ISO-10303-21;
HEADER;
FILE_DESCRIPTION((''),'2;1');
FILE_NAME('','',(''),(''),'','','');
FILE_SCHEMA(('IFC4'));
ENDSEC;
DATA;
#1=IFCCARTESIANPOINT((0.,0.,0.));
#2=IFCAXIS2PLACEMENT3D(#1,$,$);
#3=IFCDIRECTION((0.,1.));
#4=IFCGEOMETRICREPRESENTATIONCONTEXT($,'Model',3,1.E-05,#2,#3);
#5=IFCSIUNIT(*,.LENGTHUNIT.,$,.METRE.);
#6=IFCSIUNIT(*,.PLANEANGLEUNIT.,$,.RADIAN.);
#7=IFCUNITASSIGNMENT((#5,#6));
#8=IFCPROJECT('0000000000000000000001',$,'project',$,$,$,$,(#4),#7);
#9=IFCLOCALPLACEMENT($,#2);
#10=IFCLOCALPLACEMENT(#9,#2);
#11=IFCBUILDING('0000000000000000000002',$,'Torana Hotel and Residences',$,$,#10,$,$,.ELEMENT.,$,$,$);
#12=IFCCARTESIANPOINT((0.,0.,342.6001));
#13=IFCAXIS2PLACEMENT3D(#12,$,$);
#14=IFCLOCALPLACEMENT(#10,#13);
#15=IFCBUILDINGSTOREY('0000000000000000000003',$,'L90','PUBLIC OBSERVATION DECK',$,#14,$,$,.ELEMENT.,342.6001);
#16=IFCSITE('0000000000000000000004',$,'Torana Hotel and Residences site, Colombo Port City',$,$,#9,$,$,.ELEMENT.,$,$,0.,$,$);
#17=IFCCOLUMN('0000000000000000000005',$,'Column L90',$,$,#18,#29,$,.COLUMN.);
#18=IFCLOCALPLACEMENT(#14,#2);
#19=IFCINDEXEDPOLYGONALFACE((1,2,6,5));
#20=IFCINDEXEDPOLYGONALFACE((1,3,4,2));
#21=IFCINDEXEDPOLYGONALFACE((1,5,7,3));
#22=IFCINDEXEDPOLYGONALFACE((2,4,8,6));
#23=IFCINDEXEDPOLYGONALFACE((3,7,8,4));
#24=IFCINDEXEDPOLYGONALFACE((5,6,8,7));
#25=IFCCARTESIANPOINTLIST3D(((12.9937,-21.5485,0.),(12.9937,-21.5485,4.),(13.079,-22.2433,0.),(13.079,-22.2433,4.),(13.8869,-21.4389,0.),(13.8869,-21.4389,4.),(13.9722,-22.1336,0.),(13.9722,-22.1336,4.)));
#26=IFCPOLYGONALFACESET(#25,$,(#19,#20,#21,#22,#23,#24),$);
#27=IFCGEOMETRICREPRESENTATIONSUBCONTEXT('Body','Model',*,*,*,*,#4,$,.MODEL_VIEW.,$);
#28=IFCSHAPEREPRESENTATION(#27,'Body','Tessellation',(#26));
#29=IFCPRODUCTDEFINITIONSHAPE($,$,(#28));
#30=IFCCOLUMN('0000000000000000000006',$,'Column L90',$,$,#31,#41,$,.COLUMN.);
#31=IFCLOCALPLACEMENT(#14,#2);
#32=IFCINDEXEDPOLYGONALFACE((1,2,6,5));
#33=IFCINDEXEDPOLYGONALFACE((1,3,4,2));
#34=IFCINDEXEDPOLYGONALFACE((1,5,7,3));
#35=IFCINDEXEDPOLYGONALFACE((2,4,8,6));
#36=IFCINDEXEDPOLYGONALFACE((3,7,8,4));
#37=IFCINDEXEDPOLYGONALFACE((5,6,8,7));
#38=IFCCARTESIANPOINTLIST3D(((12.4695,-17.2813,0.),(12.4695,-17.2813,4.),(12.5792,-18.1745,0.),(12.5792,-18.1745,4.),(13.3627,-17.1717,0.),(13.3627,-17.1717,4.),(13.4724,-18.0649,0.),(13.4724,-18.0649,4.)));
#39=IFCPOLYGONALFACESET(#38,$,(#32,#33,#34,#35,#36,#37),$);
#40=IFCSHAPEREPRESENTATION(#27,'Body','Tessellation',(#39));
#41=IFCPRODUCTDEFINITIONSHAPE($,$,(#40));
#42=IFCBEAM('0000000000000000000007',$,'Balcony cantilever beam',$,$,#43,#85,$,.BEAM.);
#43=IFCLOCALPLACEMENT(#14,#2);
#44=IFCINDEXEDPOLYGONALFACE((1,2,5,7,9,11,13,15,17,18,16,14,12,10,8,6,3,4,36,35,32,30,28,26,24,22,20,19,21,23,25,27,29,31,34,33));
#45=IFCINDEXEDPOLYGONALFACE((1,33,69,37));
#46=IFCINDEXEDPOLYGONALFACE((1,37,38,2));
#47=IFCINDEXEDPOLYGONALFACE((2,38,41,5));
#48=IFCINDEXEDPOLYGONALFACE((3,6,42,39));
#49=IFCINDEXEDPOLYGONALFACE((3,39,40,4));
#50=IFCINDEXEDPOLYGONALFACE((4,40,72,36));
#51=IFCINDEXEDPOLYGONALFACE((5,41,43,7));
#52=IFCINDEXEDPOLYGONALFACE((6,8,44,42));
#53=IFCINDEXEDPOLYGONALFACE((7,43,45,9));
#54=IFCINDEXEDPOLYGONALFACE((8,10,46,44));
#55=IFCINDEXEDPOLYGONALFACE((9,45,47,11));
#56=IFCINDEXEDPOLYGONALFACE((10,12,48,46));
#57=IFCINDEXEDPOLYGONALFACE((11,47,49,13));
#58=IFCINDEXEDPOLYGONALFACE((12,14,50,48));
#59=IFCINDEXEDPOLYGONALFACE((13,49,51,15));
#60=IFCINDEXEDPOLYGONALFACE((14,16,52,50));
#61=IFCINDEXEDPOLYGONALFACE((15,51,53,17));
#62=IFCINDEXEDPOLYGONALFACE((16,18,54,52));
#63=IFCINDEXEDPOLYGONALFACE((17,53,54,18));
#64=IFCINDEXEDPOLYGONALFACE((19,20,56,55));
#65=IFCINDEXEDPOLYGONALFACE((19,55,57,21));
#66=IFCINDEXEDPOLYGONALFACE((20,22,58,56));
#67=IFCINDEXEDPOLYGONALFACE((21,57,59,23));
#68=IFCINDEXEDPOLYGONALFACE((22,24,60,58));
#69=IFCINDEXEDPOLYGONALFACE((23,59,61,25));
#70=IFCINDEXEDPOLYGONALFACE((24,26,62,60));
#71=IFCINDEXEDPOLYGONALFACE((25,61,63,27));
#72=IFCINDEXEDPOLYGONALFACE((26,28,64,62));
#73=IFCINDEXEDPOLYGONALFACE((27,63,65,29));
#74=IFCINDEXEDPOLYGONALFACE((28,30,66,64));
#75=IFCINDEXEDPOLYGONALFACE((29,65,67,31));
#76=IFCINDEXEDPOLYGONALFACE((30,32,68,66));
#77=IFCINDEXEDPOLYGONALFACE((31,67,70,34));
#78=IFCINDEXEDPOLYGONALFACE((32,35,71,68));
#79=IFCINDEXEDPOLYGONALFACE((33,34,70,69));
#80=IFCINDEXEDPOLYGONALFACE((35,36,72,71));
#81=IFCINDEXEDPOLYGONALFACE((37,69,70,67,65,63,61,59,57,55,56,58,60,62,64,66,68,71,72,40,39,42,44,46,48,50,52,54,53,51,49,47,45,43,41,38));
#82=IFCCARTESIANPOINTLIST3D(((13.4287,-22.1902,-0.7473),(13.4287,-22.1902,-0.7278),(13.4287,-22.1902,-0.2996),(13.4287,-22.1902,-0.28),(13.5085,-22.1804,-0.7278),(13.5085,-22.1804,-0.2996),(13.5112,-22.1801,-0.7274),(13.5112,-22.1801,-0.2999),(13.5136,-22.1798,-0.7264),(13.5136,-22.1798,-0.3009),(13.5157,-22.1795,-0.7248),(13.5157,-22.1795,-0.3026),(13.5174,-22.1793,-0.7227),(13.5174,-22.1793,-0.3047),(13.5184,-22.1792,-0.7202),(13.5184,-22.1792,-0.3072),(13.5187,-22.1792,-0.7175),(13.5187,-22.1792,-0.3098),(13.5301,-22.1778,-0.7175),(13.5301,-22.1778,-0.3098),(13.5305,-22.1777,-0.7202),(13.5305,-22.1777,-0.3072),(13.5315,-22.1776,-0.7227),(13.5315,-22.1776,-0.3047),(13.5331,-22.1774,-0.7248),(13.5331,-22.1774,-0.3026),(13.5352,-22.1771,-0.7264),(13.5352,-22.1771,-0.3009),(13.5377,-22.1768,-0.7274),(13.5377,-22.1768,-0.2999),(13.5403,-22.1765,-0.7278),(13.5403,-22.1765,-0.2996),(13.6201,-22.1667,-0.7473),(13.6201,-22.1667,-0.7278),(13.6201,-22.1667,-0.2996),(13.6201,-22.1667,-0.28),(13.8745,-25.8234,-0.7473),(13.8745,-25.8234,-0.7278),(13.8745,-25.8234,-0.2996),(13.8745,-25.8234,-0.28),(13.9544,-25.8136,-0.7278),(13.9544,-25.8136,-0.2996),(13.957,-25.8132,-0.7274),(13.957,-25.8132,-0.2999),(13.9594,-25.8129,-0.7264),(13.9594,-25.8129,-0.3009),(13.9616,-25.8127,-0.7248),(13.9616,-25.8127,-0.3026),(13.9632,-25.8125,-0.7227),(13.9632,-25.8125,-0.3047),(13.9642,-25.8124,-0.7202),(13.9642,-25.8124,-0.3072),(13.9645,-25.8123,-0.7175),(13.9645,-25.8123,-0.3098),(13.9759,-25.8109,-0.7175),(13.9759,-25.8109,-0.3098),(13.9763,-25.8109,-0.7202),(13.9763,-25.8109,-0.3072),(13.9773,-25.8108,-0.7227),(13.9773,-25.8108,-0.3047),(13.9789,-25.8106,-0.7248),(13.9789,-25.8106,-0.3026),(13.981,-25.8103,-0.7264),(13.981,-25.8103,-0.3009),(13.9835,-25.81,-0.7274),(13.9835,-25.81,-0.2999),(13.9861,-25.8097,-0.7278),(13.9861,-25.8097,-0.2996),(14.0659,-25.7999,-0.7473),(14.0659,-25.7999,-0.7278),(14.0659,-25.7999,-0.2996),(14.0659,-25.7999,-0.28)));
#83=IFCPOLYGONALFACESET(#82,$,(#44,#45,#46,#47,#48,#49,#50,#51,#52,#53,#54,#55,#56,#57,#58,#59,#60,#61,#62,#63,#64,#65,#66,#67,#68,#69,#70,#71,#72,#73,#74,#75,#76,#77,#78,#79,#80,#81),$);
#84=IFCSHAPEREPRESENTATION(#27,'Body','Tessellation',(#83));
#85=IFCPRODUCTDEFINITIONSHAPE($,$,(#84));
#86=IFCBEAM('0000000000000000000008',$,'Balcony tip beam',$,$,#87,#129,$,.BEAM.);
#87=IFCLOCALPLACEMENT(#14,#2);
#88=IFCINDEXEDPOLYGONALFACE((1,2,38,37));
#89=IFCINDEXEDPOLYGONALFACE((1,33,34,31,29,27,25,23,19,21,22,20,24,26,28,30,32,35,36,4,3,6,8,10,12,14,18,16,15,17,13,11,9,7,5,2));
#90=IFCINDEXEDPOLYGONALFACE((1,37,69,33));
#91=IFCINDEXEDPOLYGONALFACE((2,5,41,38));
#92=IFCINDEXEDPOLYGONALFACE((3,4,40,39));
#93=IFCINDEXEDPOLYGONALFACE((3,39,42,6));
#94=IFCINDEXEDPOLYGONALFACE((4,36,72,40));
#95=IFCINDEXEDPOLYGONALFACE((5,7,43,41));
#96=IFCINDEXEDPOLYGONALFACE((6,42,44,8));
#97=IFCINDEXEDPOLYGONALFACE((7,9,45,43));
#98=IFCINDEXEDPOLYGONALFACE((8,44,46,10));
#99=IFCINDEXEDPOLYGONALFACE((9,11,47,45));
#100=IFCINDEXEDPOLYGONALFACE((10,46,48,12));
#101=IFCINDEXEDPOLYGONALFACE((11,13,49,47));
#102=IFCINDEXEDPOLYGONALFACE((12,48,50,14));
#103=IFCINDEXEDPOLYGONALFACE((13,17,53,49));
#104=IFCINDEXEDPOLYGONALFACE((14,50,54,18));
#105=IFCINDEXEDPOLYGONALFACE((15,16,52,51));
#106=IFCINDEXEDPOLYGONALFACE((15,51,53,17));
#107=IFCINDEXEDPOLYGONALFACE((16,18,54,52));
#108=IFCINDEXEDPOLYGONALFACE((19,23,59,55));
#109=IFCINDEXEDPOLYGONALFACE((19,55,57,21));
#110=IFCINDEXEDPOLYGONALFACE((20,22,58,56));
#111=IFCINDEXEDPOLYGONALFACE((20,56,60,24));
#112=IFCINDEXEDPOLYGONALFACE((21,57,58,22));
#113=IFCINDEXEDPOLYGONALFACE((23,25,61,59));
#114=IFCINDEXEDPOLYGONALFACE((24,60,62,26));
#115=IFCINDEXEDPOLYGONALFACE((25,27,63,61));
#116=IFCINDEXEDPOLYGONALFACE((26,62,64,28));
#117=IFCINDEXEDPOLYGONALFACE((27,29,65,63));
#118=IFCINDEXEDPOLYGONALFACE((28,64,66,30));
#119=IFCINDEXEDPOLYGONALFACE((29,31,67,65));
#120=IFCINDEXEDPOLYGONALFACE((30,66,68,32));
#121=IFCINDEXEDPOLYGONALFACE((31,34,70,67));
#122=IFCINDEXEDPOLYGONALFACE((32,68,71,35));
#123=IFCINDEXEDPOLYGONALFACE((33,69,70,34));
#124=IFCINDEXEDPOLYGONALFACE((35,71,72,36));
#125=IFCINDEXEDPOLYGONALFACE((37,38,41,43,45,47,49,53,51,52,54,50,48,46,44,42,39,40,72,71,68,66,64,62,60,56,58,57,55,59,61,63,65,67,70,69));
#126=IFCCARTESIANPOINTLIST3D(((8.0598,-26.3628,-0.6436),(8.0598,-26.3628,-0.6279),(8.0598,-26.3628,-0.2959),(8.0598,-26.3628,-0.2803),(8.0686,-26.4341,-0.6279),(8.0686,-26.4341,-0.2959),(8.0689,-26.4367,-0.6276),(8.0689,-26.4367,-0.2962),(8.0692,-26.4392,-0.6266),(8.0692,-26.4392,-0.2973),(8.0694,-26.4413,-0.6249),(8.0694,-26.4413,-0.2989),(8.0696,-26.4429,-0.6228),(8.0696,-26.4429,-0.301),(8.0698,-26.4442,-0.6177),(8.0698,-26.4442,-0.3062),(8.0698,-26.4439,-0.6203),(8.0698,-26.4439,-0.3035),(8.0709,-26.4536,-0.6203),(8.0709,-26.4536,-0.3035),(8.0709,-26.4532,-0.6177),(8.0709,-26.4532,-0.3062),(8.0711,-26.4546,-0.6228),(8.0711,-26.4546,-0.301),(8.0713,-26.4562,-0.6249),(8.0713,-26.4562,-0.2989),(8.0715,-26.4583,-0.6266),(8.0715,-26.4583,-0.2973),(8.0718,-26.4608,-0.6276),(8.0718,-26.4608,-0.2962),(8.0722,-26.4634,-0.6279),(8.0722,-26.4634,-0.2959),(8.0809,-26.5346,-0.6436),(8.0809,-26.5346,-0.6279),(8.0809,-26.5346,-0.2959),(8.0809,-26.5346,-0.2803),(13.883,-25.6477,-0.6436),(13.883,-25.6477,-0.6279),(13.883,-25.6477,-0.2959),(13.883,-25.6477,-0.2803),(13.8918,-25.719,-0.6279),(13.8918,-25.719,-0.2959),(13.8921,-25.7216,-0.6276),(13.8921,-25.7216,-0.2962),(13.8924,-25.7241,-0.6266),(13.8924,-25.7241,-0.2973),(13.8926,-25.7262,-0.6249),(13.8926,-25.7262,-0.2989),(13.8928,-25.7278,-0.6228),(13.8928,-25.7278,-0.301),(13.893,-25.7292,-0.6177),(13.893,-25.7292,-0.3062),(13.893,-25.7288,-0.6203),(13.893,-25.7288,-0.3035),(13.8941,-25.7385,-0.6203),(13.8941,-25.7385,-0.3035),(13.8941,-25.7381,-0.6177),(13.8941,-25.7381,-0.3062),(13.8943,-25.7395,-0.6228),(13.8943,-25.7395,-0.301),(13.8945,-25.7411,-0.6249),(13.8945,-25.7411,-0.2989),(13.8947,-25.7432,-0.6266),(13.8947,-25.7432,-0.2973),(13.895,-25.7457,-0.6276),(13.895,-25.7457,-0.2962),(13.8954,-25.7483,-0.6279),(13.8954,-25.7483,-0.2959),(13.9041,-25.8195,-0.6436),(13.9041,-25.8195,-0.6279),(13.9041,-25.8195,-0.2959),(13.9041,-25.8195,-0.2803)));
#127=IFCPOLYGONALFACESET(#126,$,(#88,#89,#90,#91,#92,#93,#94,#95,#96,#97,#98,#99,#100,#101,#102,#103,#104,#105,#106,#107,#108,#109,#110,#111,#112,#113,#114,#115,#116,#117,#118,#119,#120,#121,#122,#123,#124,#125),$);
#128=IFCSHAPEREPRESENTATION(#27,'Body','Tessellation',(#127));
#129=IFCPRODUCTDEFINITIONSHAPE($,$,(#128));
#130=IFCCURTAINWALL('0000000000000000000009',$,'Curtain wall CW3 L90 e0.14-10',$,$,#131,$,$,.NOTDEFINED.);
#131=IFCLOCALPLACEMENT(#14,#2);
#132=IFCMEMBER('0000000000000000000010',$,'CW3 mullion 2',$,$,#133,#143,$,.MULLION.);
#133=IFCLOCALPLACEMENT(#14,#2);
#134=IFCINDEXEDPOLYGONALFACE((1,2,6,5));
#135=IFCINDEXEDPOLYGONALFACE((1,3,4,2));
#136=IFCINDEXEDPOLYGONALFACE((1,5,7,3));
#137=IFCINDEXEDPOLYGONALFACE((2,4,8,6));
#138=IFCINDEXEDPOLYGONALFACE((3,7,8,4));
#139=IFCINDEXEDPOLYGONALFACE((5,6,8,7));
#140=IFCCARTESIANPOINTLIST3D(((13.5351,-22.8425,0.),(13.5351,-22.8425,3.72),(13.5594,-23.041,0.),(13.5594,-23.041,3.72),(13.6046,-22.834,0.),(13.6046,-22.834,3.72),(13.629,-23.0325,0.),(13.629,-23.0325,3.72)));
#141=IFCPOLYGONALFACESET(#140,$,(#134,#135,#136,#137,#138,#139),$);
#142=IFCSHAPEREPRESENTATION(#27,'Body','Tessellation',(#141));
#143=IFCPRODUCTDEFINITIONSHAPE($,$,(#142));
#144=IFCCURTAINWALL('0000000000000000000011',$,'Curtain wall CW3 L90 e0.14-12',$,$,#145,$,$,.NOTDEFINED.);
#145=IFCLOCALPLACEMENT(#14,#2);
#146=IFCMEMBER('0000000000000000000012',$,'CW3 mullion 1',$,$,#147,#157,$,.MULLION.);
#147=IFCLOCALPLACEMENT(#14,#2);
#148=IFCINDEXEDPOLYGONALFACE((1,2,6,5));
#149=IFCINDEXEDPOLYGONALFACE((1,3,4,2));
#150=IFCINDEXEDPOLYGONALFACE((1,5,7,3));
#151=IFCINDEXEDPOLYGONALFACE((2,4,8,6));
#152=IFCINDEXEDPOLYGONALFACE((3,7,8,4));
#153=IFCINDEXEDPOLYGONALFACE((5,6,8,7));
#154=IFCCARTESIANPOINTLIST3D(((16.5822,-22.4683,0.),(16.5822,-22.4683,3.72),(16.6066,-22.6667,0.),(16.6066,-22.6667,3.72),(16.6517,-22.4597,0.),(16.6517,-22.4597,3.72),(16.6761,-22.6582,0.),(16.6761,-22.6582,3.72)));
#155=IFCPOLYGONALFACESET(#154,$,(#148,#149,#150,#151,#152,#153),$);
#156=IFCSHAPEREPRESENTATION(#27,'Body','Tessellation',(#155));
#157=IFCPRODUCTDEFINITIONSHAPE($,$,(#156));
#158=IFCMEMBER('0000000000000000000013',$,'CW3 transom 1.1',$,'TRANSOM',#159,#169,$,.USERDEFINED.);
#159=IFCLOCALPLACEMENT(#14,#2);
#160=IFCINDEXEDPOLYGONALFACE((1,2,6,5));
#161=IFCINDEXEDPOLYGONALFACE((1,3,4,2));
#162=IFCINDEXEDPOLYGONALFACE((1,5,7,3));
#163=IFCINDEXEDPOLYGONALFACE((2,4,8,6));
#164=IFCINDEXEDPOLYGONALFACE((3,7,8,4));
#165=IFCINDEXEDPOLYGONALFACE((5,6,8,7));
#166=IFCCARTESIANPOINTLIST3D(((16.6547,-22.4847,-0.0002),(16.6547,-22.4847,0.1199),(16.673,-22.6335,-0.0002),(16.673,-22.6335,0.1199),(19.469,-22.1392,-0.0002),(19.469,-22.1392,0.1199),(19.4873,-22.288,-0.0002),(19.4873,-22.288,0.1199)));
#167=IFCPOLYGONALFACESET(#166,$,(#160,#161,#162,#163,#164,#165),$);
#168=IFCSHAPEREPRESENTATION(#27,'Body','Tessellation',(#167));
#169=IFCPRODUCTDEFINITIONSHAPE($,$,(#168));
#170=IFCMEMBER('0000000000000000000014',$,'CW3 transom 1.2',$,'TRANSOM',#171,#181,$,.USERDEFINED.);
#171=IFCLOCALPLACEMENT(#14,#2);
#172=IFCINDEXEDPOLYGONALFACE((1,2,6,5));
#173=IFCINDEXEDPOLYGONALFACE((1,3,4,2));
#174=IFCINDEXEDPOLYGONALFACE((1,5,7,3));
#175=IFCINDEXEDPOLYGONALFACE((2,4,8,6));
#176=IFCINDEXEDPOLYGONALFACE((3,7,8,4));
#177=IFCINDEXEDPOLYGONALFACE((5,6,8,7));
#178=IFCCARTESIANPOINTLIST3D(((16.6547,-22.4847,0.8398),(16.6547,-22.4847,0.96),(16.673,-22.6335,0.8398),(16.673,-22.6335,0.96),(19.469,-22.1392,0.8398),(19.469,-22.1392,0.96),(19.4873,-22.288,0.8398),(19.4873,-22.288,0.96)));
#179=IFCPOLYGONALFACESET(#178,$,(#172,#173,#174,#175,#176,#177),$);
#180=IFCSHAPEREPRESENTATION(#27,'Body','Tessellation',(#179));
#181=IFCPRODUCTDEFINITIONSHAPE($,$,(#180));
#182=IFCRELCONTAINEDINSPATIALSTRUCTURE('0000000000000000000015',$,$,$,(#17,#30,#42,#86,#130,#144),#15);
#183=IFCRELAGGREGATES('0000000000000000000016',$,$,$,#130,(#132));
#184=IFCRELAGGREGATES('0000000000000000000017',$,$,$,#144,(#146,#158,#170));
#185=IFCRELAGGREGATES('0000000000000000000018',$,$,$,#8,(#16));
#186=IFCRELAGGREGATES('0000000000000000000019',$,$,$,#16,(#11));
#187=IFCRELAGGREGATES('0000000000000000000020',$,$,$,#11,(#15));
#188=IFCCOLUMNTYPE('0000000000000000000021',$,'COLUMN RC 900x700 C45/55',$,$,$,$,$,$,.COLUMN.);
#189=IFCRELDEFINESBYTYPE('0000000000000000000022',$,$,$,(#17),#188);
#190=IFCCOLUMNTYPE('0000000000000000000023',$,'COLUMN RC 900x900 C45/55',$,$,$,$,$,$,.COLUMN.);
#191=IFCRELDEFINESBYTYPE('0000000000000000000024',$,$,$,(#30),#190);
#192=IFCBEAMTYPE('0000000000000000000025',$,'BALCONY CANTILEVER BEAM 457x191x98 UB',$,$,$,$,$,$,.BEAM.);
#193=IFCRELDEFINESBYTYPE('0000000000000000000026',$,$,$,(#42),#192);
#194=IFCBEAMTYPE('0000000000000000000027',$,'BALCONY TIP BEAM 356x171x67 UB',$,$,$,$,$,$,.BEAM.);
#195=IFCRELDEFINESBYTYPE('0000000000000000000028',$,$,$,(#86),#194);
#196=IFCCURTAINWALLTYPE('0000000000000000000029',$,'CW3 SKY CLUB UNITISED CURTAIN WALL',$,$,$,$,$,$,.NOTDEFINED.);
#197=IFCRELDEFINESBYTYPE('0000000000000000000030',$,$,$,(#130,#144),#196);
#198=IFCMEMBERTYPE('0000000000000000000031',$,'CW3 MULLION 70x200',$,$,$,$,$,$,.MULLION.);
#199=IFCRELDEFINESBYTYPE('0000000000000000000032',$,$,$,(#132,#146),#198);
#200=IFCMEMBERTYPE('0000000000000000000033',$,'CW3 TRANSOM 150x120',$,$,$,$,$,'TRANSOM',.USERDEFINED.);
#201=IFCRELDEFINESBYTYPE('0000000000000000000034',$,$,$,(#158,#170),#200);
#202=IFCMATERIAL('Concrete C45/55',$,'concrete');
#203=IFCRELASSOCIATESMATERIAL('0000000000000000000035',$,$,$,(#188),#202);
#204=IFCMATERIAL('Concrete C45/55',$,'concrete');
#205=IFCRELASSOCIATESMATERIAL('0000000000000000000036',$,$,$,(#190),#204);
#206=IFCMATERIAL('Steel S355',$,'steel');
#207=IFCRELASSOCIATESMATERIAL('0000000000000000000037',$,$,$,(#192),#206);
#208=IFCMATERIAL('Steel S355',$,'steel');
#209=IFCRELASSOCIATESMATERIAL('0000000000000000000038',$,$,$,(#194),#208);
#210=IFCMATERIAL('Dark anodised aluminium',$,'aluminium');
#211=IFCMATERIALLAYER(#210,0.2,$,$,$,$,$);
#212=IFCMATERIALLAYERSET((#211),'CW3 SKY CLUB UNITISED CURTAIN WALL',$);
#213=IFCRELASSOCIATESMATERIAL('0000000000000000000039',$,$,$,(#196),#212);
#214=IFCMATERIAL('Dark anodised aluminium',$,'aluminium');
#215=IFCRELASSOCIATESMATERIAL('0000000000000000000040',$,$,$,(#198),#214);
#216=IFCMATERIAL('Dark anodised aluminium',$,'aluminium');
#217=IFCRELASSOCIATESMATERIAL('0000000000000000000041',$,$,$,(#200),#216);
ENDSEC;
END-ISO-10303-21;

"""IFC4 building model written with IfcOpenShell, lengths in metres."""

from ifc_helpers import new_model, si_unit, direction, frame, origin, origin_2d, place, context, subcontext, project, spatial, rectangle, i_section, extrude, material, layer, layer_set, material_profile, profile_set, type_object, element, aggregate, save


model = new_model("IFC4")

# Units and contexts
model_context = context("Model", 3, precision=1e-05, world=origin(), true_north=direction((0.0, 1.0)))
body_context = subcontext(model_context, "Body", "Model", "MODEL_VIEW")
ifc_project = project(units=[si_unit("LENGTHUNIT", "METRE"), si_unit("PLANEANGLEUNIT", "RADIAN")], contexts=[model_context])

# Site, building, storey
site_placement = place(None, origin())
site = spatial("IfcSite", under=ifc_project, at=site_placement, Name="Torana Hotel and Residences site, Colombo Port City", CompositionType="ELEMENT", RefElevation=0.0)
building_placement = place(site_placement, origin())
building = spatial("IfcBuilding", under=site, at=building_placement, Name="Torana Hotel and Residences", CompositionType="ELEMENT")
storey_placement = place(building_placement, frame((0.0, 0.0, 342.6001)))
storey = spatial("IfcBuildingStorey", under=building, at=storey_placement, Name="L90", Description="PUBLIC OBSERVATION DECK", CompositionType="ELEMENT", Elevation=342.6001)

# Columns
ifc_material_1 = material(Name="Concrete C45/55", Category="concrete")
ifc_material_profile_1 = material_profile(ifc_material_1, rectangle(XDim=0.8999, YDim=0.7, at=origin_2d()), Name="RC 900x700")
ifc_profile_set_1 = profile_set([ifc_material_profile_1], Name="Concrete C45/55")
column_type_1 = type_object("IfcColumnType", Name="COLUMN RC 900x700 C45/55", PredefinedType="COLUMN", material=ifc_profile_set_1)
column_1_placement = place(storey_placement, frame((13.4829, -21.8411, 0.0), z_axis=(0.0, 0.0, 1.0), x_axis=(0.992546, 0.121869, 0.0)))
element("IfcColumn", 1, at=column_1_placement, inside=storey, type_object=column_type_1, Name="Column L90", PredefinedType="COLUMN", context=body_context, shape_type="SweptSolid", body=[
    extrude(rectangle(XDim=0.8999, YDim=0.7, at=origin_2d()), origin(), (0.0, 0.0, 1.0), 4.0),
])
ifc_material_2 = material(Name="Concrete C45/55", Category="concrete")
ifc_material_profile_2 = material_profile(ifc_material_2, rectangle(XDim=0.8999, YDim=0.8999, at=origin_2d()), Name="RC 900x900")
ifc_profile_set_2 = profile_set([ifc_material_profile_2], Name="Concrete C45/55")
column_type_2 = type_object("IfcColumnType", Name="COLUMN RC 900x900 C45/55", PredefinedType="COLUMN", material=ifc_profile_set_2)
column_2_placement = place(storey_placement, frame((12.9709, -17.6731, 0.0), z_axis=(0.0, 0.0, 1.0), x_axis=(0.992546, 0.121869, 0.0)))
element("IfcColumn", 2, at=column_2_placement, inside=storey, type_object=column_type_2, Name="Column L90", PredefinedType="COLUMN", context=body_context, shape_type="SweptSolid", body=[
    extrude(rectangle(XDim=0.8999, YDim=0.8999, at=origin_2d()), origin(), (0.0, 0.0, 1.0), 4.0),
])

# Beams
ifc_material_3 = material(Name="Steel S355", Category="steel")
ifc_material_profile_3 = material_profile(ifc_material_3, i_section(OverallWidth=0.1929, OverallDepth=0.4673, WebThickness=0.0115, FlangeThickness=0.0195, FilletRadius=0.0103, at=origin_2d()), Name="457x191x98 UB")
ifc_profile_set_3 = profile_set([ifc_material_profile_3], Name="Steel S355")
beam_type_1 = type_object("IfcBeamType", Name="BALCONY CANTILEVER BEAM 457x191x98 UB", PredefinedType="BEAM", material=ifc_profile_set_3)
beam_1_placement = place(storey_placement, frame((13.5244, -22.1785, -0.5137), z_axis=(0.121793, -0.992555, 0.0), x_axis=(0.992555, 0.121793, 0.0)))
element("IfcBeam", 3, at=beam_1_placement, inside=storey, type_object=beam_type_1, Name="Balcony cantilever beam", PredefinedType="BEAM", context=body_context, shape_type="SweptSolid", body=[
    extrude(i_section(OverallWidth=0.1929, OverallDepth=0.4673, WebThickness=0.0115, FlangeThickness=0.0195, FilletRadius=0.0103, at=origin_2d()), origin(), (0.0, 0.0, 1.0), 3.6604),
])
ifc_material_4 = material(Name="Steel S355", Category="steel")
ifc_material_profile_4 = material_profile(ifc_material_4, i_section(OverallWidth=0.1731, OverallDepth=0.3633, WebThickness=0.009, FlangeThickness=0.0156, FilletRadius=0.0103, at=origin_2d()), Name="356x171x67 UB")
ifc_profile_set_4 = profile_set([ifc_material_profile_4], Name="Steel S355")
beam_type_2 = type_object("IfcBeamType", Name="BALCONY TIP BEAM 356x171x67 UB", PredefinedType="BEAM", material=ifc_profile_set_4)
beam_2_placement = place(storey_placement, frame((13.8936, -25.7336, -0.4619), z_axis=(-0.992544, -0.121883, 0.0), x_axis=(0.121883, -0.992544, 0.0)))
element("IfcBeam", 4, at=beam_2_placement, inside=storey, type_object=beam_type_2, Name="Balcony tip beam", PredefinedType="BEAM", context=body_context, shape_type="SweptSolid", body=[
    extrude(i_section(OverallWidth=0.1731, OverallDepth=0.3633, WebThickness=0.009, FlangeThickness=0.0156, FilletRadius=0.0103, at=origin_2d()), origin(), (0.0, 0.0, 1.0), 5.8669),
])

# Curtain wall, member
ifc_material_5 = material(Name="Dark anodised aluminium", Category="aluminium")
ifc_layer_1 = layer(ifc_material_5, 0.2)
ifc_layer_set_1 = layer_set([ifc_layer_1], Name="CW3 SKY CLUB UNITISED CURTAIN WALL")
curtain_wall_type = type_object("IfcCurtainWallType", Name="CW3 SKY CLUB UNITISED CURTAIN WALL", PredefinedType="NOTDEFINED", material=ifc_layer_set_1)
curtain_wall_1_placement = place(storey_placement, origin())
curtain_wall_1 = element("IfcCurtainWall", 5, at=curtain_wall_1_placement, inside=storey, type_object=curtain_wall_type, Name="Curtain wall CW3 L90 e0.14-10", PredefinedType="NOTDEFINED")
ifc_material_6 = material(Name="Dark anodised aluminium", Category="aluminium")
ifc_material_profile_5 = material_profile(ifc_material_6, rectangle(XDim=0.2, YDim=0.0701, at=origin_2d()), Name="CW3 MULLION 70x200")
ifc_profile_set_5 = profile_set([ifc_material_profile_5], Name="Dark anodised aluminium")
member_type_1 = type_object("IfcMemberType", Name="CW3 MULLION 70x200", PredefinedType="MULLION", material=ifc_profile_set_5)
member_1_placement = place(storey_placement, frame((13.582, -22.9375, 0.0), z_axis=(0.0, 0.0, 1.0), x_axis=(-0.121868, 0.992546, 0.0)))
member_1 = element("IfcMember", 6, at=member_1_placement, type_object=member_type_1, Name="CW3 mullion 2", PredefinedType="MULLION", context=body_context, shape_type="SweptSolid", body=[
    extrude(rectangle(XDim=0.2, YDim=0.0701, at=origin_2d()), origin(), (0.0, 0.0, 1.0), 3.72),
])
aggregate(curtain_wall_1, [member_1])

# Curtain wall, members
curtain_wall_2_placement = place(storey_placement, origin())
curtain_wall_2 = element("IfcCurtainWall", 7, at=curtain_wall_2_placement, inside=storey, type_object=curtain_wall_type, Name="Curtain wall CW3 L90 e0.14-12", PredefinedType="NOTDEFINED")
member_2_placement = place(storey_placement, frame((16.6292, -22.5632, 0.0), z_axis=(0.0, 0.0, 1.0), x_axis=(-0.121863, 0.992547, 0.0)))
member_2 = element("IfcMember", 8, at=member_2_placement, type_object=member_type_1, Name="CW3 mullion 1", PredefinedType="MULLION", context=body_context, shape_type="SweptSolid", body=[
    extrude(rectangle(XDim=0.2, YDim=0.0701, at=origin_2d()), origin(), (0.0, 0.0, 1.0), 3.72),
])
ifc_material_7 = material(Name="Dark anodised aluminium", Category="aluminium")
ifc_material_profile_6 = material_profile(ifc_material_7, rectangle(XDim=0.1499, YDim=0.1201, at=origin_2d()), Name="CW3 TRANSOM 150x120")
ifc_profile_set_6 = profile_set([ifc_material_profile_6], Name="Dark anodised aluminium")
member_type_2 = type_object("IfcMemberType", Name="CW3 TRANSOM 150x120", ElementType="TRANSOM", PredefinedType="USERDEFINED", material=ifc_profile_set_6)
member_3_placement = place(storey_placement, frame((16.6638, -22.5591, 0.0598), z_axis=(0.99255, 0.121841, 0.0), x_axis=(-0.121841, 0.99255, 0.0)))
member_3 = element("IfcMember", 9, at=member_3_placement, type_object=member_type_2, Name="CW3 transom 1.1", ObjectType="TRANSOM", PredefinedType="USERDEFINED", context=body_context, shape_type="SweptSolid", body=[
    extrude(rectangle(XDim=0.1499, YDim=0.1201, at=origin_2d()), origin(), (0.0, 0.0, 1.0), 2.8354),
])
member_4_placement = place(storey_placement, frame((16.6638, -22.5591, 0.8999), z_axis=(0.99255, 0.121841, 0.0), x_axis=(-0.121841, 0.99255, 0.0)))
member_4 = element("IfcMember", 10, at=member_4_placement, type_object=member_type_2, Name="CW3 transom 1.2", ObjectType="TRANSOM", PredefinedType="USERDEFINED", context=body_context, shape_type="SweptSolid", body=[
    extrude(rectangle(XDim=0.1499, YDim=0.1201, at=origin_2d()), origin(), (0.0, 0.0, 1.0), 2.8354),
])
aggregate(curtain_wall_2, [member_2, member_3, member_4])

save(model, "model.ifc")
